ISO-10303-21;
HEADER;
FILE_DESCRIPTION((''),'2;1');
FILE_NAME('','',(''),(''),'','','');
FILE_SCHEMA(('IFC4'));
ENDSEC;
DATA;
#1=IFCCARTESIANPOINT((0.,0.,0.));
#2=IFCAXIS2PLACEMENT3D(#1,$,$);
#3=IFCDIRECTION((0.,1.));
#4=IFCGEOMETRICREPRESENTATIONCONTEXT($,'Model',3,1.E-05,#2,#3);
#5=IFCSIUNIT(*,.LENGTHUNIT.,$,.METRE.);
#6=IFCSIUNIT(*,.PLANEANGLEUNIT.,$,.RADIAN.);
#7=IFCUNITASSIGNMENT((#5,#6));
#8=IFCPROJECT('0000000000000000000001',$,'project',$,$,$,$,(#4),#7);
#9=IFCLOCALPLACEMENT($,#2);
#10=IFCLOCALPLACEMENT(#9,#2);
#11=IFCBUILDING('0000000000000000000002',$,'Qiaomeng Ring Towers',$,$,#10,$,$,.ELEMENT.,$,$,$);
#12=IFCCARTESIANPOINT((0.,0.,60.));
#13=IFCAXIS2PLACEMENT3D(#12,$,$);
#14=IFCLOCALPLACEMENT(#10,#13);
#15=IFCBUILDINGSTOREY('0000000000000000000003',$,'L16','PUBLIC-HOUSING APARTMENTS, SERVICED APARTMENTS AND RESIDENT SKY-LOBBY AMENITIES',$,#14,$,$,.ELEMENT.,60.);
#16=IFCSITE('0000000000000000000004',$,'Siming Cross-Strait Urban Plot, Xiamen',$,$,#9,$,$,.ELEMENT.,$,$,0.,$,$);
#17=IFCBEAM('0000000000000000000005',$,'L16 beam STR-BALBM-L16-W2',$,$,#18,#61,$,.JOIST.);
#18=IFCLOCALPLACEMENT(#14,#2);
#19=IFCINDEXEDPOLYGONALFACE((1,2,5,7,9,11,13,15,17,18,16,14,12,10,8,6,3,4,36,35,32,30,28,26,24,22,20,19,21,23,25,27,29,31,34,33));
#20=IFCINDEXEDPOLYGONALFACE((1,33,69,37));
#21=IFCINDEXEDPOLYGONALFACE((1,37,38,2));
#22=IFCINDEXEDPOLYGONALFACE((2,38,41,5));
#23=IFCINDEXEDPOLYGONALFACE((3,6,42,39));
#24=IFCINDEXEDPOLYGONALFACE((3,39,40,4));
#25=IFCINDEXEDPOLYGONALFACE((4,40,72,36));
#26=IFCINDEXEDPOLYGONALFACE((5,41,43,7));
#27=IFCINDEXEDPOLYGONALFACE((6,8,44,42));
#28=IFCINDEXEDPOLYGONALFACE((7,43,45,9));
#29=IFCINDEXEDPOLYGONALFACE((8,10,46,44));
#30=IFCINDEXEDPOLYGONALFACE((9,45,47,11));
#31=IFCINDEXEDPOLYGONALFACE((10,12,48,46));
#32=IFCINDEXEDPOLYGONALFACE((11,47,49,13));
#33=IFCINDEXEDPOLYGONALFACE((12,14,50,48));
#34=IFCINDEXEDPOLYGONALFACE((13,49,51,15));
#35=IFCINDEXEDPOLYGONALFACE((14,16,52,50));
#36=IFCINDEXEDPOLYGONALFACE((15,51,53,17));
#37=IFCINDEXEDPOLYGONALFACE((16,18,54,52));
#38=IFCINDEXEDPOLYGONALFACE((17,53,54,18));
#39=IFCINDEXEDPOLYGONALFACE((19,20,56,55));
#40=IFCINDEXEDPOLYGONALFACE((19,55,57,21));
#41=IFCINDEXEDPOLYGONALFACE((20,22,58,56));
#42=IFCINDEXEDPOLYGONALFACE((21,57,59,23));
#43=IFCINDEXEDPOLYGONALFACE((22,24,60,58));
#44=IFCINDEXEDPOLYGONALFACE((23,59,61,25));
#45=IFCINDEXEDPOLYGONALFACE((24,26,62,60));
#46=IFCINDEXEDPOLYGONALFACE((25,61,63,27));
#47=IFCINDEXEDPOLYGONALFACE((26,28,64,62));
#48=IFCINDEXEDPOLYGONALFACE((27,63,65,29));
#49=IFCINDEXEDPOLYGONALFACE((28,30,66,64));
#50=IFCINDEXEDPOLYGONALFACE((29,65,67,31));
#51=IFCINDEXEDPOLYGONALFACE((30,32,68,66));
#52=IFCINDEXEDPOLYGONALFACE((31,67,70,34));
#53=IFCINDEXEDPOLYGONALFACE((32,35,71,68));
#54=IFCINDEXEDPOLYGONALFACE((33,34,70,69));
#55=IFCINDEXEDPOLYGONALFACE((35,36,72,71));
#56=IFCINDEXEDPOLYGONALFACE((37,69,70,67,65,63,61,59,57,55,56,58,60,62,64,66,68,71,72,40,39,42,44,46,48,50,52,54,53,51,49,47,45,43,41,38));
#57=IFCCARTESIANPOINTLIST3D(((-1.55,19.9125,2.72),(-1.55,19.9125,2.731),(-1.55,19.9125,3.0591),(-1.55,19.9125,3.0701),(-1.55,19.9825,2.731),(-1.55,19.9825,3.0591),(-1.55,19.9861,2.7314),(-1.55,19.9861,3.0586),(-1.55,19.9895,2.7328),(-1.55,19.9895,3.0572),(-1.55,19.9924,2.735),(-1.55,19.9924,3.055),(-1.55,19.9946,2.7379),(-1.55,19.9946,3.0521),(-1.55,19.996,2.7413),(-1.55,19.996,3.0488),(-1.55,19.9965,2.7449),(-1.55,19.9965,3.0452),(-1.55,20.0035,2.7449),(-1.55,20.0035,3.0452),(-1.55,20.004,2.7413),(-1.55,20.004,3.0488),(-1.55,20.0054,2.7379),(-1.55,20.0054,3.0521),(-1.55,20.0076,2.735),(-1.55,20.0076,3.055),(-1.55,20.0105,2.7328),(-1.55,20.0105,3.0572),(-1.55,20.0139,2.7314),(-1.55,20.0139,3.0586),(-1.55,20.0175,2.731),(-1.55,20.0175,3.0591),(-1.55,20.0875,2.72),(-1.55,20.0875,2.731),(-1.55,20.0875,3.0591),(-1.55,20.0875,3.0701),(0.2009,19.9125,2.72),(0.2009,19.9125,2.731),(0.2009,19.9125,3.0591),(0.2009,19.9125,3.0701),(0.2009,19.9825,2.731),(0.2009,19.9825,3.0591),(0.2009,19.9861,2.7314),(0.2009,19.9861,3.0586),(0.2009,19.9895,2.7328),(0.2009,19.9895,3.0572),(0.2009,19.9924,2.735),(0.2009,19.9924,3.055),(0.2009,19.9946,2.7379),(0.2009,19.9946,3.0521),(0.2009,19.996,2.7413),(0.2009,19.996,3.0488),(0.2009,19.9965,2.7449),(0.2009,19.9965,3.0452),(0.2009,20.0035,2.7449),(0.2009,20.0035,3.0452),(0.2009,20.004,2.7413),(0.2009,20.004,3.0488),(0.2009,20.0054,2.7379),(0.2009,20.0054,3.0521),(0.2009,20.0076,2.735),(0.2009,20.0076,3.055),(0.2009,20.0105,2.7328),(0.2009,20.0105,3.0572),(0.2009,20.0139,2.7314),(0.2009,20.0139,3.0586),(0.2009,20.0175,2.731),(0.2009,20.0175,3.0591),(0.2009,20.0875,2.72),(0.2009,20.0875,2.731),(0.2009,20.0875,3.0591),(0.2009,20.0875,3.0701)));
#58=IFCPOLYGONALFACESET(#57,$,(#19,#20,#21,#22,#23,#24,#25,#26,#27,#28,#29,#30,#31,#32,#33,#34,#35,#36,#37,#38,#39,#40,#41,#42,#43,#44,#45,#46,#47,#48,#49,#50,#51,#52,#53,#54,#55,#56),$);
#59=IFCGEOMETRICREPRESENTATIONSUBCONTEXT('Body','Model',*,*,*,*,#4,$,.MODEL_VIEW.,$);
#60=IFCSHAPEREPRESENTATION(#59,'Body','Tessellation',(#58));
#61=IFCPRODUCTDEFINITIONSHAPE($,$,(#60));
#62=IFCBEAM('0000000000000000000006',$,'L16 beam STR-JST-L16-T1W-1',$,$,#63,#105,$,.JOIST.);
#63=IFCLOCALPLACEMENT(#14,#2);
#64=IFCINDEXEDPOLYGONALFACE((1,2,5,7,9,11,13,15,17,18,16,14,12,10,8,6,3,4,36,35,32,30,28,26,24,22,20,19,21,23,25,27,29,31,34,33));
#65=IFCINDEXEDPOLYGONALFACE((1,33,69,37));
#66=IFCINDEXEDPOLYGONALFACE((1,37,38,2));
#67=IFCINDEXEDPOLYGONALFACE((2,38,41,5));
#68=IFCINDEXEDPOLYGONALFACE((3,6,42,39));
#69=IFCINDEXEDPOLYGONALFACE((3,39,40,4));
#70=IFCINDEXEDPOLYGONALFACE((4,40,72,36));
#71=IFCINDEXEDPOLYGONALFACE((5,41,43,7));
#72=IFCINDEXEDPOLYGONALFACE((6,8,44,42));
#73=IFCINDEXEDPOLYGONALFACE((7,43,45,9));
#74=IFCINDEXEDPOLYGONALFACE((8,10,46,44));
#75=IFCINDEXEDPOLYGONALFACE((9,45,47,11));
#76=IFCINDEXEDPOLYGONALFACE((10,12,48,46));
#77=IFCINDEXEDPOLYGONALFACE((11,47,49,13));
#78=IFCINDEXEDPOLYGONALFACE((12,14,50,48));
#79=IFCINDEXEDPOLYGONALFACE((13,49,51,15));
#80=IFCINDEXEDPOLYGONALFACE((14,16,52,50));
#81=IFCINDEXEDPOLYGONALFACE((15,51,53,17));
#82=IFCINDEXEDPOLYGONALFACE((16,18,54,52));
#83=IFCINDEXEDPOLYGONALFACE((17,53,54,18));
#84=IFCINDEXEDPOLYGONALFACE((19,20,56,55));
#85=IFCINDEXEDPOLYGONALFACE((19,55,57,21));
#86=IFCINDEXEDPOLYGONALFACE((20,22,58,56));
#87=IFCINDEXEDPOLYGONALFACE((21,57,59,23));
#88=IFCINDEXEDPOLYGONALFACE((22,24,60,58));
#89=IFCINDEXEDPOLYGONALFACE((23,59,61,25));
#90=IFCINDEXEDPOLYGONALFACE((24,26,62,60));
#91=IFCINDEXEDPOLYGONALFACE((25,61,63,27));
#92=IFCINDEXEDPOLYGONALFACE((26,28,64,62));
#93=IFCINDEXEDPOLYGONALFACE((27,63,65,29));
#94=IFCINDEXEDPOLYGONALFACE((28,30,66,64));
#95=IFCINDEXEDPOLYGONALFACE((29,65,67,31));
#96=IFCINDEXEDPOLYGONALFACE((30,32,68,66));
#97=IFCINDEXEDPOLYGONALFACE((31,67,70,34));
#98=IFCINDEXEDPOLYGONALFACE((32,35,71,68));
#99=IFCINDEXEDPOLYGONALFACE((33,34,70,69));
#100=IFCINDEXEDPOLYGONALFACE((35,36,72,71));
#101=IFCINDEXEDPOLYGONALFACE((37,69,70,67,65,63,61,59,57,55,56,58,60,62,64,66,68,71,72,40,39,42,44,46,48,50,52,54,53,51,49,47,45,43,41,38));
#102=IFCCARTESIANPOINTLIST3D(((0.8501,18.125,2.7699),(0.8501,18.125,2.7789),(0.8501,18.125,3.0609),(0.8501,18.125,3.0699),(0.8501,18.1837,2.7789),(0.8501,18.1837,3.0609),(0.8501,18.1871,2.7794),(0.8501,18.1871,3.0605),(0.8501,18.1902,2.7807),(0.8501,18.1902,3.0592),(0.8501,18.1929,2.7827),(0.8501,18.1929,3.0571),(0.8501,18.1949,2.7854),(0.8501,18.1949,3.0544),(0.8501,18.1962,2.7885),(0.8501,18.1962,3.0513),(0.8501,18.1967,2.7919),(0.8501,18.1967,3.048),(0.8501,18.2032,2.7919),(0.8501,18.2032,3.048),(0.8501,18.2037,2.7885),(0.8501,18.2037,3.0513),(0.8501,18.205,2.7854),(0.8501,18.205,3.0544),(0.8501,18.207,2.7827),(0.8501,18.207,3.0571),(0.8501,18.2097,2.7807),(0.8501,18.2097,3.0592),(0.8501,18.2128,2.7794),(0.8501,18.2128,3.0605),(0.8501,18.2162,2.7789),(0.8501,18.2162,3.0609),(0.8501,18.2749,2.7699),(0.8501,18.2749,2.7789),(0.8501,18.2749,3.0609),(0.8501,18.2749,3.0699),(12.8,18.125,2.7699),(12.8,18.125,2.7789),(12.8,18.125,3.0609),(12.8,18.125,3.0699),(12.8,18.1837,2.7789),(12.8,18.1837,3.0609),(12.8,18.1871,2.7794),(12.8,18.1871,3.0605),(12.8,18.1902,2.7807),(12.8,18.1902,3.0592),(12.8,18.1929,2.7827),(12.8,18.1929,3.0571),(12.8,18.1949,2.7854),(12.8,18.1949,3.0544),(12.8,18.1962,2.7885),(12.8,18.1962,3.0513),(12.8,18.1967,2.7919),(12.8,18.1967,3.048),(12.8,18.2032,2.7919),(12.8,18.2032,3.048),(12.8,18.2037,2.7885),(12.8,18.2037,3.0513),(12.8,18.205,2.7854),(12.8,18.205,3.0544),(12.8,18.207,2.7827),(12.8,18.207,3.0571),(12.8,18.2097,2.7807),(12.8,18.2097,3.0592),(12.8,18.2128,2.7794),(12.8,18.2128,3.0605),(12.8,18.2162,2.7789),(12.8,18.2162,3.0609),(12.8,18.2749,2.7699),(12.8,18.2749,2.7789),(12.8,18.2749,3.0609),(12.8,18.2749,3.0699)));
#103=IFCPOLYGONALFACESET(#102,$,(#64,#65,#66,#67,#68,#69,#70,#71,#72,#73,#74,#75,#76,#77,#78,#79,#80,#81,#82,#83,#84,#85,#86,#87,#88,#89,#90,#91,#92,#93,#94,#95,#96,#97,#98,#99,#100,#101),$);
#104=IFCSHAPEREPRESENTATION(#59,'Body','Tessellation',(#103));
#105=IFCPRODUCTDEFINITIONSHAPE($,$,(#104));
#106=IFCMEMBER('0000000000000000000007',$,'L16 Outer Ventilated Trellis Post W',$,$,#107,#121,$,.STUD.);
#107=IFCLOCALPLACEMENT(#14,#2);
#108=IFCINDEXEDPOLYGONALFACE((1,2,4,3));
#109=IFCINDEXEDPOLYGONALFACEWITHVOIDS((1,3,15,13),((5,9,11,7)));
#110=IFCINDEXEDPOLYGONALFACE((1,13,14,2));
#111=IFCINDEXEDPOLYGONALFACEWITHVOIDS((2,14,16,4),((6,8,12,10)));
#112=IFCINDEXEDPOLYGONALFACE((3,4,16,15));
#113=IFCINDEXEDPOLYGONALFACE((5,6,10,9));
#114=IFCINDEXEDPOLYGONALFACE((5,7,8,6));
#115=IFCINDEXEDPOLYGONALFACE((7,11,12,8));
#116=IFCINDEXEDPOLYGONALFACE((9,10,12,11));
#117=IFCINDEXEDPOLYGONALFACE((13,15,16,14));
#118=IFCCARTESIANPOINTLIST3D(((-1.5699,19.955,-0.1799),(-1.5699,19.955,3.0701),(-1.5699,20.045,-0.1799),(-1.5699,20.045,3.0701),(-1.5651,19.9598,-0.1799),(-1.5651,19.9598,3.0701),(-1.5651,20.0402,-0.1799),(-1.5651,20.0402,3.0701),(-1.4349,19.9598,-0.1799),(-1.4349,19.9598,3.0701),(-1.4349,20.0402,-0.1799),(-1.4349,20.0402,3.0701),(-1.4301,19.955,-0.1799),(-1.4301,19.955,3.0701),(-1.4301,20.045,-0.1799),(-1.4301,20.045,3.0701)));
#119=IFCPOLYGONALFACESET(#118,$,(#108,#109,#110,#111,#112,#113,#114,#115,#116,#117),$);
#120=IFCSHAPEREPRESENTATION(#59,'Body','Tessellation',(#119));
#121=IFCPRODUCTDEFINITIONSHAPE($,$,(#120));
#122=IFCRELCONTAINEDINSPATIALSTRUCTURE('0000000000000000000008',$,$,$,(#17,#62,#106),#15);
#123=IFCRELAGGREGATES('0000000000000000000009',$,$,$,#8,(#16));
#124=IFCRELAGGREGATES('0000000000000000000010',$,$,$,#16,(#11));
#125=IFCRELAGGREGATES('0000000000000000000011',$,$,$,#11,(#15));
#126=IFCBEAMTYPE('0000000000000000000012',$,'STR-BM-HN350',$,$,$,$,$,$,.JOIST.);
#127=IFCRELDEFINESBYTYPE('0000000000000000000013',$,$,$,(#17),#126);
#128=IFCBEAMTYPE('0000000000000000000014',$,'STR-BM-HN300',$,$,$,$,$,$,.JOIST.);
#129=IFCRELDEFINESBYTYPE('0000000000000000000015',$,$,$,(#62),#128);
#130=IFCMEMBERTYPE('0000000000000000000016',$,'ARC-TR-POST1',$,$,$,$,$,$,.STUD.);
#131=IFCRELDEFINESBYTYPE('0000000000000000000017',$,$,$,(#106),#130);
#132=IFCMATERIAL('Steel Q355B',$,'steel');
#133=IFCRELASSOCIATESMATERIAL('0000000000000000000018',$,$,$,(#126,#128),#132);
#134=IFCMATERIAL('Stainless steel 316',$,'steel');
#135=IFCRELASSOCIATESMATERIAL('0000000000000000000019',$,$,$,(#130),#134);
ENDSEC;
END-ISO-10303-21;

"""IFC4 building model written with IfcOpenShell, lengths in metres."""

from ifc_helpers import new_model, si_unit, direction, frame, origin, origin_2d, place, context, subcontext, project, spatial, hollow_rectangle, i_section, extrude, source, transform, mapped, material, material_profile, profile_set, type_object, element, save


model = new_model("IFC4")

# Units and contexts
model_context = context("Model", 3, precision=1e-05, world=origin(), true_north=direction((0.0, 1.0)))
body_context = subcontext(model_context, "Body", "Model", "MODEL_VIEW")
ifc_project = project(units=[si_unit("LENGTHUNIT", "METRE"), si_unit("PLANEANGLEUNIT", "RADIAN")], contexts=[model_context])

# Site, building, storey
site_placement = place(None, origin())
site = spatial("IfcSite", under=ifc_project, at=site_placement, Name="Siming Cross-Strait Urban Plot, Xiamen", CompositionType="ELEMENT", RefElevation=0.0)
building_placement = place(site_placement, origin())
building = spatial("IfcBuilding", under=site, at=building_placement, Name="Qiaomeng Ring Towers", CompositionType="ELEMENT")
storey_placement = place(building_placement, frame((0.0, 0.0, 60.0)))
storey = spatial("IfcBuildingStorey", under=building, at=storey_placement, Name="L16", Description="PUBLIC-HOUSING APARTMENTS, SERVICED APARTMENTS AND RESIDENT SKY-LOBBY AMENITIES", CompositionType="ELEMENT", Elevation=60.0)

# Beams
ifc_material_1 = material(Name="Steel Q355B", Category="steel")
ifc_material_profile_1 = material_profile(ifc_material_1, i_section(OverallWidth=0.175, OverallDepth=0.3501, WebThickness=0.0071, FlangeThickness=0.011, FilletRadius=0.0139, at=origin_2d()), Name="HN 350x175x7x11")
ifc_profile_set_1 = profile_set([ifc_material_profile_1], Name="Steel Q355B")
beam_type_1 = type_object("IfcBeamType", Name="STR-BM-HN350", PredefinedType="JOIST", material=ifc_profile_set_1)
shared_shape_1 = source(origin(), body_context, "Body", "SweptSolid", [
    extrude(i_section(OverallWidth=0.175, OverallDepth=0.3501, WebThickness=0.0071, FlangeThickness=0.011, FilletRadius=0.0139, at=origin_2d()), origin(), (0.0, 0.0, 1.0), 1.751),
])
beam_1_placement = place(storey_placement, frame((-1.55, 20.0, 2.895), z_axis=(1.0, 0.0, 0.0), x_axis=(0.0, 1.0, 0.0)))
element("IfcBeam", 1, at=beam_1_placement, inside=storey, type_object=beam_type_1, Name="L16 beam STR-BALBM-L16-W2", PredefinedType="JOIST", context=body_context, shape_type="MappedRepresentation", body=[
    mapped(shared_shape_1, transform((0.0, 0.0, 0.0), x_axis=(1.0, 0.0, 0.0), y_axis=(0.0, 1.0, 0.0), z_axis=(0.0, 0.0, 1.0), scale=1.0)),
])
ifc_material_profile_2 = material_profile(ifc_material_1, i_section(OverallWidth=0.1499, OverallDepth=0.3, WebThickness=0.0066, FlangeThickness=0.009, FilletRadius=0.0129, at=origin_2d()), Name="HN 300x150x6.5x9")
ifc_profile_set_2 = profile_set([ifc_material_profile_2], Name="Steel Q355B")
beam_type_2 = type_object("IfcBeamType", Name="STR-BM-HN300", PredefinedType="JOIST", material=ifc_profile_set_2)
shared_shape_2 = source(origin(), body_context, "Body", "SweptSolid", [
    extrude(i_section(OverallWidth=0.1499, OverallDepth=0.3, WebThickness=0.0066, FlangeThickness=0.009, FilletRadius=0.0129, at=origin_2d()), origin(), (0.0, 0.0, 1.0), 11.95),
])
beam_2_placement = place(storey_placement, frame((0.8501, 18.2, 2.9199), z_axis=(1.0, 0.0, 0.0), x_axis=(0.0, 1.0, 0.0)))
element("IfcBeam", 2, at=beam_2_placement, inside=storey, type_object=beam_type_2, Name="L16 beam STR-JST-L16-T1W-1", PredefinedType="JOIST", context=body_context, shape_type="MappedRepresentation", body=[
    mapped(shared_shape_2, transform((0.0, 0.0, 0.0), x_axis=(1.0, 0.0, 0.0), y_axis=(0.0, 1.0, 0.0), z_axis=(0.0, 0.0, 1.0), scale=1.0)),
])

# Member
ifc_material_2 = material(Name="Stainless steel 316", Category="steel")
ifc_material_profile_3 = material_profile(ifc_material_2, hollow_rectangle(XDim=0.0901, YDim=0.1399, WallThickness=0.0049, at=origin_2d()), Name="SS TRELLIS 90x140")
ifc_profile_set_3 = profile_set([ifc_material_profile_3], Name="Stainless steel 316")
member_type = type_object("IfcMemberType", Name="ARC-TR-POST1", PredefinedType="STUD", material=ifc_profile_set_3)
shared_shape_3 = source(origin(), body_context, "Body", "SweptSolid", [
    extrude(hollow_rectangle(XDim=0.0901, YDim=0.1399, WallThickness=0.0049, at=origin_2d()), origin(), (0.0, 0.0, 1.0), 3.25),
])
member_placement = place(storey_placement, frame((-1.5, 20.0, -0.1799), z_axis=(0.0, 0.0, 1.0), x_axis=(0.0, 1.0, 0.0)))
element("IfcMember", 3, at=member_placement, inside=storey, type_object=member_type, Name="L16 Outer Ventilated Trellis Post W", PredefinedType="STUD", context=body_context, shape_type="MappedRepresentation", body=[
    mapped(shared_shape_3, transform((0.0, 0.0, 0.0), x_axis=(1.0, 0.0, 0.0), y_axis=(0.0, 1.0, 0.0), z_axis=(0.0, 0.0, 1.0), scale=1.0)),
])

save(model, "model.ifc")
